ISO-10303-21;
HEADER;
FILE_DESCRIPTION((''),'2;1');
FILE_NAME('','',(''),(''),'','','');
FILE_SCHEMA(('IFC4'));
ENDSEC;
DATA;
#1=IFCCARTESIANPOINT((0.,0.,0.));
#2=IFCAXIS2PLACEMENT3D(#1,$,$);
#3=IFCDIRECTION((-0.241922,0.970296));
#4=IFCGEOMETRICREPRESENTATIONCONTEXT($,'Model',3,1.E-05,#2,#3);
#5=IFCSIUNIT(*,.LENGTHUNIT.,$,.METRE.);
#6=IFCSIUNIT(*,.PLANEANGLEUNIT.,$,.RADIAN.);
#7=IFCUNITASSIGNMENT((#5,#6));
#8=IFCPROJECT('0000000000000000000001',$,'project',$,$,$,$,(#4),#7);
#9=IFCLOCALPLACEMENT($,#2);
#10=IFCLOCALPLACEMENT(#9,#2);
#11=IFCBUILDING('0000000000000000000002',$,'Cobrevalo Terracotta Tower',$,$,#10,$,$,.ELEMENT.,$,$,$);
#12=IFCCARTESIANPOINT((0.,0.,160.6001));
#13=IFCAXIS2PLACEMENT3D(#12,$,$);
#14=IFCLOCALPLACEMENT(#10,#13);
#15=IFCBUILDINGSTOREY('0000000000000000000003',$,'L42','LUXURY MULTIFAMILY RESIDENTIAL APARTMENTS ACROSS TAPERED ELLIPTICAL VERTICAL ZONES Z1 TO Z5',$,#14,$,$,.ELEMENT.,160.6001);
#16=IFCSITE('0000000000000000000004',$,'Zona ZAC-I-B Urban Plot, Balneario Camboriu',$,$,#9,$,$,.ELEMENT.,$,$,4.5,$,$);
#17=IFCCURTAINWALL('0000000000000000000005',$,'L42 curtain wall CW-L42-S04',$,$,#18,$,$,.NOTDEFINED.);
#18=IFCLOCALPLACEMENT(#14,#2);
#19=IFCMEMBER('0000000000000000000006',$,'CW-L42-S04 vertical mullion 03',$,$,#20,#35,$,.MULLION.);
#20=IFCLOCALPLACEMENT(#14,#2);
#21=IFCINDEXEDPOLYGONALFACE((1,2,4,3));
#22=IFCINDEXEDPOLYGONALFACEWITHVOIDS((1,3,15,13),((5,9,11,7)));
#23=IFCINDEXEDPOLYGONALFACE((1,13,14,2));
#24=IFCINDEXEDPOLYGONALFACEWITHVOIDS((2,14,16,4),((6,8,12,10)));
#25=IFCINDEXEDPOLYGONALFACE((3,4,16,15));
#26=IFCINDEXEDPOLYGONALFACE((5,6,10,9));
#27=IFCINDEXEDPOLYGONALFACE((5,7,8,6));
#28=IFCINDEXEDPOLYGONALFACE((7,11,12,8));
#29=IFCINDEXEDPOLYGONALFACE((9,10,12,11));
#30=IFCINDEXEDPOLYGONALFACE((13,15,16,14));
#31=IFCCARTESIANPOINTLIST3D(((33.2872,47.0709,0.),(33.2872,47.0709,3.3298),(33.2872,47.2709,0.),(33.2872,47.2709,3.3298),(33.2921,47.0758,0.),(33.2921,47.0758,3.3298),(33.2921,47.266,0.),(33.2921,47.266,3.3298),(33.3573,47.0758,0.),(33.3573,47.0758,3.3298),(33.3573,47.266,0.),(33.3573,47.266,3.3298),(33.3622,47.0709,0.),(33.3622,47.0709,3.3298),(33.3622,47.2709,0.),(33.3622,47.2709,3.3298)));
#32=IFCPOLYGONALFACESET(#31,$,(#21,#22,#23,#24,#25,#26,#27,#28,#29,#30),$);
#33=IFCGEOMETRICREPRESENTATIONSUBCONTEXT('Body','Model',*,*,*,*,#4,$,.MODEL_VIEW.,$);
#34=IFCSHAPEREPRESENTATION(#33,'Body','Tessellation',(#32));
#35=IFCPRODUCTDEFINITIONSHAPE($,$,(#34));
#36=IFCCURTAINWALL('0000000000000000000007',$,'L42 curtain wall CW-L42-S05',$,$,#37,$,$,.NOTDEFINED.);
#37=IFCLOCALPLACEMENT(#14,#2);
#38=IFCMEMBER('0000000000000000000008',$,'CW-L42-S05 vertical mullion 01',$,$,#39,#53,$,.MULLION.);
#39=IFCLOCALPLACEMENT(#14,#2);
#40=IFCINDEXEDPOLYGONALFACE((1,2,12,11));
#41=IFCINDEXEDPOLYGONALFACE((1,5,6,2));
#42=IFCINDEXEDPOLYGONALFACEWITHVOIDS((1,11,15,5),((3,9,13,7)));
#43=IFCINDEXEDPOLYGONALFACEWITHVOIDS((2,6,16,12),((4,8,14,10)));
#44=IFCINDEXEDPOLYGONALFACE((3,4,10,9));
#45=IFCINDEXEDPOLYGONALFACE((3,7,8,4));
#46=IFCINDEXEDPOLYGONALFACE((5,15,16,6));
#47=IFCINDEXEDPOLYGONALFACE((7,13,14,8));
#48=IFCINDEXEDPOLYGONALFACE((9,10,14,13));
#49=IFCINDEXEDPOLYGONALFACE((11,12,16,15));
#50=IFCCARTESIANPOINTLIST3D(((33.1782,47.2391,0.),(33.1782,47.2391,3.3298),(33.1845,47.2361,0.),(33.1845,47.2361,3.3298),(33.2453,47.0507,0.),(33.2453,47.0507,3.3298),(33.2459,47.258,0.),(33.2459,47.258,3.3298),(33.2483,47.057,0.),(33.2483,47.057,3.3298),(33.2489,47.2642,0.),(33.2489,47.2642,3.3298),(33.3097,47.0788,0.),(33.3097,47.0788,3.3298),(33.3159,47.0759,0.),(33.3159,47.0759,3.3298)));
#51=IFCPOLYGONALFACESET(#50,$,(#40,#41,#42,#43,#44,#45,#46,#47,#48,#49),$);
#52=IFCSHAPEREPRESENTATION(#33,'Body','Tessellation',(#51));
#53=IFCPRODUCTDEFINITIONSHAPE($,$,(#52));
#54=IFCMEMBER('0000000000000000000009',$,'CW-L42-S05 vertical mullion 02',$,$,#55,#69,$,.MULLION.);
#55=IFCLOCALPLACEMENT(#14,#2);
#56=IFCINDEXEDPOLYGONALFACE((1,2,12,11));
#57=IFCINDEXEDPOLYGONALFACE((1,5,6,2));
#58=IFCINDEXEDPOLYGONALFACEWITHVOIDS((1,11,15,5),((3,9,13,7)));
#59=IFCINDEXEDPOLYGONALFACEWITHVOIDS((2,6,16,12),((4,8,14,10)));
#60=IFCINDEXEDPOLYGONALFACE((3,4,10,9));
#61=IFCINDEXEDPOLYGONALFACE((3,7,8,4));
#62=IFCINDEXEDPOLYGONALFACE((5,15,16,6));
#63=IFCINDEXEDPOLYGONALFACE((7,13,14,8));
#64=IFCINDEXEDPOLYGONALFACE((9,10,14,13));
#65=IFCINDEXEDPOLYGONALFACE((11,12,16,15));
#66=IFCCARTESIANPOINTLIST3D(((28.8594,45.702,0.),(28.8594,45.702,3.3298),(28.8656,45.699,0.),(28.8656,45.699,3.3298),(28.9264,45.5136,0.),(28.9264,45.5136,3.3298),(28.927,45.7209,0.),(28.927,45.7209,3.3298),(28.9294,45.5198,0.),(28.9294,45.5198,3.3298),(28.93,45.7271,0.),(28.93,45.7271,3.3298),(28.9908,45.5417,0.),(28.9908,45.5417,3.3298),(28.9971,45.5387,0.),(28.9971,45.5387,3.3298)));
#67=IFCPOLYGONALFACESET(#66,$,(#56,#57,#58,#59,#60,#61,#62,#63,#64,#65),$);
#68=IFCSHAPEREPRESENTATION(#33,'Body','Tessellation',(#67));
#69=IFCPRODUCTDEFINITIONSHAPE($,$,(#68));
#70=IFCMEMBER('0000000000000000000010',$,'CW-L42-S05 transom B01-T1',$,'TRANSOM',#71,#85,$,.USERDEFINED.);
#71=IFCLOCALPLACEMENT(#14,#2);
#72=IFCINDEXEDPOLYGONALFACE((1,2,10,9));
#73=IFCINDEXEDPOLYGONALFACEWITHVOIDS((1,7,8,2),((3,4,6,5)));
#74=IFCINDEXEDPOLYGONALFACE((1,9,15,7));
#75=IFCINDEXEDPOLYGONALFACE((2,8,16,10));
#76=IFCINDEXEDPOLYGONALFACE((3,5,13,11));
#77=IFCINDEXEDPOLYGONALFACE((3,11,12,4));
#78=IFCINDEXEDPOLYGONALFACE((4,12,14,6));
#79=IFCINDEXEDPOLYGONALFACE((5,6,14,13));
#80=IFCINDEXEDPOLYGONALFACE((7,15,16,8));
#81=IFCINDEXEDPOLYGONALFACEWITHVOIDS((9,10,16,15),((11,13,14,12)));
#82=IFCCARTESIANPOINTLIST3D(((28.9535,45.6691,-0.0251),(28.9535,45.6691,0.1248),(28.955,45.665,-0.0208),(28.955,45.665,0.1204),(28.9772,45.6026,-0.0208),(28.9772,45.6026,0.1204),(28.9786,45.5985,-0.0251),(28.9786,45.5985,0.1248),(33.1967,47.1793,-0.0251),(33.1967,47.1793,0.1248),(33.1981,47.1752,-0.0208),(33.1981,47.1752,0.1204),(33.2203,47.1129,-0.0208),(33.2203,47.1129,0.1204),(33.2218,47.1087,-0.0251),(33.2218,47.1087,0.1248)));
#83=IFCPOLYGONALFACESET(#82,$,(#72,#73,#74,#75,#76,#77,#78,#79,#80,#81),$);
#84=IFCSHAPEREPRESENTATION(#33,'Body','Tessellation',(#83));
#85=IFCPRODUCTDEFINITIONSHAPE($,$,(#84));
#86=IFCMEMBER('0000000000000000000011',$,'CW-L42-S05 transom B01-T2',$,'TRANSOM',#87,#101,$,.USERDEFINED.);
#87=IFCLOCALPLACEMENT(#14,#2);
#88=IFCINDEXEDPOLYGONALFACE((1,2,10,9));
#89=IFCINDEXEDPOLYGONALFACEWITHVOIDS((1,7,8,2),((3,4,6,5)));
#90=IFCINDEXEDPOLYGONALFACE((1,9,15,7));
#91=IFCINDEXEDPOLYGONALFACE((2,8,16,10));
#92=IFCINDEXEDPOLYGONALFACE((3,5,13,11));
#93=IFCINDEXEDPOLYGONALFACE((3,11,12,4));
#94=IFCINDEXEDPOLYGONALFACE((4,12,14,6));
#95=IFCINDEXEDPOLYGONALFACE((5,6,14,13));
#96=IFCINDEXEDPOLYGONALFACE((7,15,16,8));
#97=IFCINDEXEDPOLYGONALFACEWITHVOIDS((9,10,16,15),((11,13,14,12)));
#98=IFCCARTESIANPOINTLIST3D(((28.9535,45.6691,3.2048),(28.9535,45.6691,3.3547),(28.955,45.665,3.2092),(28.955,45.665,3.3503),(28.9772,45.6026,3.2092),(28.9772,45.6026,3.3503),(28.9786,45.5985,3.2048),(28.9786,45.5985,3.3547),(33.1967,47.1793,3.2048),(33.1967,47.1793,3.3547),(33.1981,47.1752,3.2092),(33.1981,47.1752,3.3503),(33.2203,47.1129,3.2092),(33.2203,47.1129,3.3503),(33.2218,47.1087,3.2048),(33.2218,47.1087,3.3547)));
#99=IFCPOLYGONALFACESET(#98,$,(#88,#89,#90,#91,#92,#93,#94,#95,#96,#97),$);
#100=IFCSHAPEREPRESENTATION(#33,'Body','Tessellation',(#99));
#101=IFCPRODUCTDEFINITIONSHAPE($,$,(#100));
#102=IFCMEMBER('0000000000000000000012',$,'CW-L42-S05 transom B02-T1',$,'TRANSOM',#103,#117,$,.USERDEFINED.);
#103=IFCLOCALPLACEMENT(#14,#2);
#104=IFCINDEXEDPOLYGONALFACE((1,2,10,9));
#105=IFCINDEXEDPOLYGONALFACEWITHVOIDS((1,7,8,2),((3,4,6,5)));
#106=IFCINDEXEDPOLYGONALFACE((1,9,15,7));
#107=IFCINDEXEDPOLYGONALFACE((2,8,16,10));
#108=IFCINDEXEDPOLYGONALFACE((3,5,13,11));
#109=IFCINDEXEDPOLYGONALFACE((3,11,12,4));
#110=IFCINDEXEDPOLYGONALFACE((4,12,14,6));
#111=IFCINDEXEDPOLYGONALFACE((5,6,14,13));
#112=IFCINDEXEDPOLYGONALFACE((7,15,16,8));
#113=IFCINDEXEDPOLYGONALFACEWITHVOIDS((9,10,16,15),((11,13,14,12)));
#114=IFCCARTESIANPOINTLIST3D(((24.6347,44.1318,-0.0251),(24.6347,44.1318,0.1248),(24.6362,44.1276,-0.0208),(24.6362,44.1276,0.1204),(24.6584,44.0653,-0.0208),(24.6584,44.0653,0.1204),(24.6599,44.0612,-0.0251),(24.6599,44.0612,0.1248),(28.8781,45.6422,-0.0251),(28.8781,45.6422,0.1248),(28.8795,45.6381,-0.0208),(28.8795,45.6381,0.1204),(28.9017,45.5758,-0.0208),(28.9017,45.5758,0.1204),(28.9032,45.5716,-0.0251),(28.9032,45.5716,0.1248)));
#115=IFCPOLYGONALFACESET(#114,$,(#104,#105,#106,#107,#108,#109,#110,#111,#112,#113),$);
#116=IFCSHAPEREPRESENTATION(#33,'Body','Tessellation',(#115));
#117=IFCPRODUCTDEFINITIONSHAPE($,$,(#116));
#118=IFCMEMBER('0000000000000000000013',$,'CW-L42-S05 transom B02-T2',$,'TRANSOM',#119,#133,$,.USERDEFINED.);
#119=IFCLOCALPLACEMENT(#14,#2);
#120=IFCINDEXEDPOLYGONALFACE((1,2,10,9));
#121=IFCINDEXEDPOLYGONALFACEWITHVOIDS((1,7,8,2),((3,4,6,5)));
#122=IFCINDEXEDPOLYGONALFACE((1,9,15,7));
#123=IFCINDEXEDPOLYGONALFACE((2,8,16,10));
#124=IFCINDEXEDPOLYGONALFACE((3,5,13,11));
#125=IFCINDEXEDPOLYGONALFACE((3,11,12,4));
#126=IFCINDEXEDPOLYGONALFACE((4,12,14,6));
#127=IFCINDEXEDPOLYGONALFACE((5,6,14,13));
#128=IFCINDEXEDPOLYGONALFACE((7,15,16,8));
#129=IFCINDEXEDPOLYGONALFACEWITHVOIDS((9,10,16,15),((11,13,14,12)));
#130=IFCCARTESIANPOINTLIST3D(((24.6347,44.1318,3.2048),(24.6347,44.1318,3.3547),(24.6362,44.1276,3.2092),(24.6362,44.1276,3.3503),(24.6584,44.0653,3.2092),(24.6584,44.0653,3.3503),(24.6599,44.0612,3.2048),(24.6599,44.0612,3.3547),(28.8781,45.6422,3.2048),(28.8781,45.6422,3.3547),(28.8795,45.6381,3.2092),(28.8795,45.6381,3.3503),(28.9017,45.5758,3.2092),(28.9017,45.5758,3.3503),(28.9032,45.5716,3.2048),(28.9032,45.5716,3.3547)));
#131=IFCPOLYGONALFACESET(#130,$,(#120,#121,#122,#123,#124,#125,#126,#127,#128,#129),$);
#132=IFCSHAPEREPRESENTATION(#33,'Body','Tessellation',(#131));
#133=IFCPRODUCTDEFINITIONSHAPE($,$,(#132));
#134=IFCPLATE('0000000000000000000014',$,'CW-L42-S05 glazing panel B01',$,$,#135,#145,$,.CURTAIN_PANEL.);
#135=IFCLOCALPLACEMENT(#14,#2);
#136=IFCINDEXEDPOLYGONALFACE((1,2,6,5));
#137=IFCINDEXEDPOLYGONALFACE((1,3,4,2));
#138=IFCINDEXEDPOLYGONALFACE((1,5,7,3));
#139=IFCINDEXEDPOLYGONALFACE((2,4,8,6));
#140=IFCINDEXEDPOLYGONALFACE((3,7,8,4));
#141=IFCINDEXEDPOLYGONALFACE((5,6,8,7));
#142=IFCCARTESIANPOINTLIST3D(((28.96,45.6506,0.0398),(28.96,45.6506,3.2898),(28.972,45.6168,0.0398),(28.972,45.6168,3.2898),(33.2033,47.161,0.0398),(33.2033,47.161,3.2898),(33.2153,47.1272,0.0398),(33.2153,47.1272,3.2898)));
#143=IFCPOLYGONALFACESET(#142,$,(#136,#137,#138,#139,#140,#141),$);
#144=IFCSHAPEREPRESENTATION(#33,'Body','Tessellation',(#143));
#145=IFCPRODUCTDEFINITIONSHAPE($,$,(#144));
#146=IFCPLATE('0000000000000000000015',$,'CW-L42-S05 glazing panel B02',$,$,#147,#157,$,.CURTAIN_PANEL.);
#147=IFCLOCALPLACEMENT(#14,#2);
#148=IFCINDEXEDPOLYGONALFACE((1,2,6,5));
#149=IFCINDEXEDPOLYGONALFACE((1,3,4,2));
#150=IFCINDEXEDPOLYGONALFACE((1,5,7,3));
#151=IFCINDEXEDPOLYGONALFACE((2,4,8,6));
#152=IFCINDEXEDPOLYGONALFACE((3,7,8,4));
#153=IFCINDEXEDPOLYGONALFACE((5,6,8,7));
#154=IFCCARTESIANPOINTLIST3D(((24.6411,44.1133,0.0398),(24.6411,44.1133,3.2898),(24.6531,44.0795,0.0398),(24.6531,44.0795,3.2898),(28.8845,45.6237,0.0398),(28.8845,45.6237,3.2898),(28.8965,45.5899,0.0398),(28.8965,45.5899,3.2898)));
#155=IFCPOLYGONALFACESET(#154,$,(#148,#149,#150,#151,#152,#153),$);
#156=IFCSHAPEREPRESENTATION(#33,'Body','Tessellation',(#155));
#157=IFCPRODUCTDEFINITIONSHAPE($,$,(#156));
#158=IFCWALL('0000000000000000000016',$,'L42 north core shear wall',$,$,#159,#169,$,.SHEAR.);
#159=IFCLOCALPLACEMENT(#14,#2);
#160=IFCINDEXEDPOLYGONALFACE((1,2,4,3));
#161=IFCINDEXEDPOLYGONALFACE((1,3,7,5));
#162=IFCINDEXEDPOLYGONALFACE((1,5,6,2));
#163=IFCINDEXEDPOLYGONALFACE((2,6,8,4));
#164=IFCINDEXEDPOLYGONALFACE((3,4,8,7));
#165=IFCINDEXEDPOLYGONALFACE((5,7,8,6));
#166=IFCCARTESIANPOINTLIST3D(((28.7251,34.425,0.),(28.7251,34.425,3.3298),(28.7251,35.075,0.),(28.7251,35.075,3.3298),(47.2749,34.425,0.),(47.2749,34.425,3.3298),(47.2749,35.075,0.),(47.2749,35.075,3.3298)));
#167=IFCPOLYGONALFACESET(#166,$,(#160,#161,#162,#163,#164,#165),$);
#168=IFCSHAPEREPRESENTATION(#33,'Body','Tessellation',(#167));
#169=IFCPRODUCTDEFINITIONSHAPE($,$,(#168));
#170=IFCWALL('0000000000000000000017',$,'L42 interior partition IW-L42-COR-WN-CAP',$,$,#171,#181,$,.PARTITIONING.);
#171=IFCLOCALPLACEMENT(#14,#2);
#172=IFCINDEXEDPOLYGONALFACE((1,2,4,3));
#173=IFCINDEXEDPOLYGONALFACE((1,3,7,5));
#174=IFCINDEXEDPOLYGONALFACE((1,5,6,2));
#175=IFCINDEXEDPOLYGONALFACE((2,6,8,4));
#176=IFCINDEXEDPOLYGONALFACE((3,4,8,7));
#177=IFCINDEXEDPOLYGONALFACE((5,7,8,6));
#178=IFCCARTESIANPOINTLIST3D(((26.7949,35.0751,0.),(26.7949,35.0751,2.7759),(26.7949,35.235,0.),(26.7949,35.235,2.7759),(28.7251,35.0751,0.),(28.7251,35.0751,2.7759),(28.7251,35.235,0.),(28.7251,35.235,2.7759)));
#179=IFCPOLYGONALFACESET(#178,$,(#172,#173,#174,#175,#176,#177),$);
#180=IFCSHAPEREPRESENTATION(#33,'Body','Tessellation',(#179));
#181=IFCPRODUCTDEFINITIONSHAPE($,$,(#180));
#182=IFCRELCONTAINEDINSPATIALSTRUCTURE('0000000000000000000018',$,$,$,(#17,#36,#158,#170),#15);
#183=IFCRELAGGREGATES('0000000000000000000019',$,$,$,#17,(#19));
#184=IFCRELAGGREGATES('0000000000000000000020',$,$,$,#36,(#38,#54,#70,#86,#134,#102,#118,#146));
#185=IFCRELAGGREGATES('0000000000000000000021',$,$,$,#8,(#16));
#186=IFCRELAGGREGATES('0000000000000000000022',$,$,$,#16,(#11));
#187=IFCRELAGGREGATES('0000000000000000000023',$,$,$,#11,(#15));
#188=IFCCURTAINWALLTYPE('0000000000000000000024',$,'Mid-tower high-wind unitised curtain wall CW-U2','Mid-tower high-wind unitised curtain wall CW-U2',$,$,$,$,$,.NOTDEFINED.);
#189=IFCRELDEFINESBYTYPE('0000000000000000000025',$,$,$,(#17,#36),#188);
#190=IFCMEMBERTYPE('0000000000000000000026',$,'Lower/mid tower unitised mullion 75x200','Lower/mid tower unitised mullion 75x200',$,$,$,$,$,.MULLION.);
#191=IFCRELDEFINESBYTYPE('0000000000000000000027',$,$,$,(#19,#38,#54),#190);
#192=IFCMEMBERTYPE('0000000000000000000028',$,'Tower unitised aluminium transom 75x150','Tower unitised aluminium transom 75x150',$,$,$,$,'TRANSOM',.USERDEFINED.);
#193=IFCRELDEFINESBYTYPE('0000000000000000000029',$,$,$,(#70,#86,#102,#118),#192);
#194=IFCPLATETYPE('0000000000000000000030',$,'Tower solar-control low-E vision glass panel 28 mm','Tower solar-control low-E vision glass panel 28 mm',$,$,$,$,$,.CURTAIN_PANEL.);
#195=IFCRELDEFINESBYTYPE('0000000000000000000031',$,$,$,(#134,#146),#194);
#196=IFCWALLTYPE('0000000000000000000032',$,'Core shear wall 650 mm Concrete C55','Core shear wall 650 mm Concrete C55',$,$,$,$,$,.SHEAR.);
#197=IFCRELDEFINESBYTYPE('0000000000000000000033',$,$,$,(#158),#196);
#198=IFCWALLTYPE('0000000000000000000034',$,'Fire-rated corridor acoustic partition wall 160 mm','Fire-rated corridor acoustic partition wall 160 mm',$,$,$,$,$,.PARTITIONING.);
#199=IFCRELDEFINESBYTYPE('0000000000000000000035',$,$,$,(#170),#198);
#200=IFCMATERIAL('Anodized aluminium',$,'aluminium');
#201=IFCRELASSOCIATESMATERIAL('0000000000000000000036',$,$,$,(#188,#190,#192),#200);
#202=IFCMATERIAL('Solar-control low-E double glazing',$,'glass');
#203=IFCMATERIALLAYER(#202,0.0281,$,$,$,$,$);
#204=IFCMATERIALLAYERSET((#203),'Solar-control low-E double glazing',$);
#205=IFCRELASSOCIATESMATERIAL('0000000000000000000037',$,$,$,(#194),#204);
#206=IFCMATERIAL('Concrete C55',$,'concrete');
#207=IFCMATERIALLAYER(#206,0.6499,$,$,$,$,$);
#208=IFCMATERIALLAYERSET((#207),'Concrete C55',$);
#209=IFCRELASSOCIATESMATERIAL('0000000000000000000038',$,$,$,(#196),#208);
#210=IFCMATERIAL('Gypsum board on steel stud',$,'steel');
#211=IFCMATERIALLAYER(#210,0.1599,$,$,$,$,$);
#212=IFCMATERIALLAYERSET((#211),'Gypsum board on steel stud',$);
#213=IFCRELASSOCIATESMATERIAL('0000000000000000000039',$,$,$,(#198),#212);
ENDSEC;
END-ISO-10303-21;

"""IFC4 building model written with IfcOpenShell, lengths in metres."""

from ifc_helpers import new_model, si_unit, direction, frame, frame_2d, origin, origin_2d, place, context, subcontext, project, spatial, rectangle, hollow_rectangle, extrude, source, transform, mapped, material, layer, layer_set, material_profile, profile_set, type_object, element, aggregate, save


model = new_model("IFC4")

# Units and contexts
model_context = context("Model", 3, precision=1e-05, world=origin(), true_north=direction((-0.241922, 0.970296)))
body_context = subcontext(model_context, "Body", "Model", "MODEL_VIEW")
ifc_project = project(units=[si_unit("LENGTHUNIT", "METRE"), si_unit("PLANEANGLEUNIT", "RADIAN")], contexts=[model_context])

# Site, building, storey
site_placement = place(None, origin())
site = spatial("IfcSite", under=ifc_project, at=site_placement, Name="Zona ZAC-I-B Urban Plot, Balneario Camboriu", CompositionType="ELEMENT", RefElevation=4.5)
building_placement = place(site_placement, origin())
building = spatial("IfcBuilding", under=site, at=building_placement, Name="Cobrevalo Terracotta Tower", CompositionType="ELEMENT")
storey_placement = place(building_placement, frame((0.0, 0.0, 160.6001)))
storey = spatial("IfcBuildingStorey", under=building, at=storey_placement, Name="L42", Description="LUXURY MULTIFAMILY RESIDENTIAL APARTMENTS ACROSS TAPERED ELLIPTICAL VERTICAL ZONES Z1 TO Z5", CompositionType="ELEMENT", Elevation=160.6001)

# Shared definitions
ifc_material_1 = material(Name="Concrete C55", Category="concrete")

# Curtain wall, member
ifc_material_2 = material(Name="Anodized aluminium", Category="aluminium")
curtain_wall_type = type_object("IfcCurtainWallType", Name="Mid-tower high-wind unitised curtain wall CW-U2", Description="Mid-tower high-wind unitised curtain wall CW-U2", PredefinedType="NOTDEFINED", material=ifc_material_2)
curtain_wall_1_placement = place(storey_placement, origin())
curtain_wall_1 = element("IfcCurtainWall", 1, at=curtain_wall_1_placement, inside=storey, type_object=curtain_wall_type, Name="L42 curtain wall CW-L42-S04", PredefinedType="NOTDEFINED")
ifc_material_profile_1 = material_profile(ifc_material_2, hollow_rectangle(XDim=0.075, YDim=0.2, WallThickness=0.0049, at=origin_2d()), Name="CWM 75x200")
ifc_profile_set_1 = profile_set([ifc_material_profile_1], Name="Anodized aluminium")
member_type_1 = type_object("IfcMemberType", Name="Lower/mid tower unitised mullion 75x200", Description="Lower/mid tower unitised mullion 75x200", PredefinedType="MULLION", material=ifc_profile_set_1)
shared_shape_1 = source(origin(), body_context, "Body", "SweptSolid", [
    extrude(hollow_rectangle(XDim=0.075, YDim=0.2, WallThickness=0.0049, at=origin_2d()), origin(), (0.0, 0.0, 1.0), 3.3298),
])
member_1_placement = place(storey_placement, frame((33.3247, 47.1709, 0.0), z_axis=(0.0, 0.0, 1.0), x_axis=(-1.0, 0.0, 0.0)))
member_1 = element("IfcMember", 2, at=member_1_placement, type_object=member_type_1, Name="CW-L42-S04 vertical mullion 03", PredefinedType="MULLION", context=body_context, shape_type="MappedRepresentation", body=[
    mapped(shared_shape_1, transform((0.0, 0.0, 0.0), scale=1.0)),
])
aggregate(curtain_wall_1, [member_1])

# Curtain wall, members, plates
curtain_wall_2_placement = place(storey_placement, origin())
curtain_wall_2 = element("IfcCurtainWall", 3, at=curtain_wall_2_placement, inside=storey, type_object=curtain_wall_type, Name="L42 curtain wall CW-L42-S05", PredefinedType="NOTDEFINED")
member_2_placement = place(storey_placement, frame((33.2471, 47.1575, 0.0), z_axis=(0.0, 0.0, 1.0), x_axis=(-0.942098, -0.335336, 0.0)))
member_2 = element("IfcMember", 4, at=member_2_placement, type_object=member_type_1, Name="CW-L42-S05 vertical mullion 01", PredefinedType="MULLION", context=body_context, shape_type="MappedRepresentation", body=[
    mapped(shared_shape_1, transform((0.0, 0.0, 0.0), scale=1.0)),
])
member_3_placement = place(storey_placement, frame((28.9282, 45.6204, 0.0), z_axis=(0.0, 0.0, 1.0), x_axis=(-0.942098, -0.335336, 0.0)))
member_3 = element("IfcMember", 5, at=member_3_placement, type_object=member_type_1, Name="CW-L42-S05 vertical mullion 02", PredefinedType="MULLION", context=body_context, shape_type="MappedRepresentation", body=[
    mapped(shared_shape_1, transform((0.0, 0.0, 0.0), scale=1.0)),
])
ifc_material_profile_2 = material_profile(ifc_material_2, hollow_rectangle(XDim=0.075, YDim=0.1499, WallThickness=0.0044, at=origin_2d()), Name="CWT 75x150")
ifc_profile_set_2 = profile_set([ifc_material_profile_2], Name="Anodized aluminium")
member_type_2 = type_object("IfcMemberType", Name="Tower unitised aluminium transom 75x150", Description="Tower unitised aluminium transom 75x150", ElementType="TRANSOM", PredefinedType="USERDEFINED", material=ifc_profile_set_2)
shared_shape_2 = source(origin(), body_context, "Body", "SweptSolid", [
    extrude(hollow_rectangle(XDim=0.075, YDim=0.1499, WallThickness=0.0044, at=origin_2d()), origin(), (0.0, 0.0, 1.0), 4.5039),
])
member_4_placement = place(storey_placement, frame((33.2092, 47.144, 0.0498), z_axis=(-0.942104, -0.33532, 0.0), x_axis=(0.33532, -0.942104, 0.0)))
member_4 = element("IfcMember", 6, at=member_4_placement, type_object=member_type_2, Name="CW-L42-S05 transom B01-T1", ObjectType="TRANSOM", PredefinedType="USERDEFINED", context=body_context, shape_type="MappedRepresentation", body=[
    mapped(shared_shape_2, transform((0.0, 0.0, 0.0), scale=1.0)),
])
member_5_placement = place(storey_placement, frame((33.2092, 47.144, 3.2798), z_axis=(-0.942104, -0.33532, 0.0), x_axis=(0.33532, -0.942104, 0.0)))
member_5 = element("IfcMember", 7, at=member_5_placement, type_object=member_type_2, Name="CW-L42-S05 transom B01-T2", ObjectType="TRANSOM", PredefinedType="USERDEFINED", context=body_context, shape_type="MappedRepresentation", body=[
    mapped(shared_shape_2, transform((0.0, 0.0, 0.0), scale=1.0)),
])
shared_shape_3 = source(origin(), body_context, "Body", "SweptSolid", [
    extrude(hollow_rectangle(XDim=0.075, YDim=0.1499, WallThickness=0.0044, at=origin_2d()), origin(), (0.0, 0.0, 1.0), 4.5042),
])
member_6_placement = place(storey_placement, frame((28.8906, 45.6069, 0.0498), z_axis=(-0.942093, -0.335351, 0.0), x_axis=(0.335351, -0.942093, 0.0)))
member_6 = element("IfcMember", 8, at=member_6_placement, type_object=member_type_2, Name="CW-L42-S05 transom B02-T1", ObjectType="TRANSOM", PredefinedType="USERDEFINED", context=body_context, shape_type="MappedRepresentation", body=[
    mapped(shared_shape_3, transform((0.0, 0.0, 0.0), scale=1.0)),
])
member_7_placement = place(storey_placement, frame((28.8906, 45.6069, 3.2798), z_axis=(-0.942093, -0.335351, 0.0), x_axis=(0.335351, -0.942093, 0.0)))
member_7 = element("IfcMember", 9, at=member_7_placement, type_object=member_type_2, Name="CW-L42-S05 transom B02-T2", ObjectType="TRANSOM", PredefinedType="USERDEFINED", context=body_context, shape_type="MappedRepresentation", body=[
    mapped(shared_shape_3, transform((0.0, 0.0, 0.0), scale=1.0)),
])
ifc_material_3 = material(Name="Solar-control low-E double glazing", Category="glass")
ifc_layer_1 = layer(ifc_material_3, 0.0281)
ifc_layer_set_1 = layer_set([ifc_layer_1], Name="Solar-control low-E double glazing")
plate_type = type_object("IfcPlateType", Name="Tower solar-control low-E vision glass panel 28 mm", Description="Tower solar-control low-E vision glass panel 28 mm", PredefinedType="CURTAIN_PANEL", material=ifc_layer_set_1)
shared_shape_4 = source(origin(), body_context, "Body", "SweptSolid", [
    extrude(rectangle(XDim=4.5042, YDim=0.0359, at=origin_2d()), origin(), (0.0, 0.0, 1.0), 3.25),
])
plate_1_placement = place(storey_placement, frame((31.0876, 46.3889, 0.0398), z_axis=(0.0, 0.0, 1.0), x_axis=(-0.942098, -0.335336, 0.0)))
plate_1 = element("IfcPlate", 10, at=plate_1_placement, type_object=plate_type, Name="CW-L42-S05 glazing panel B01", PredefinedType="CURTAIN_PANEL", context=body_context, shape_type="MappedRepresentation", body=[
    mapped(shared_shape_4, transform((0.0, 0.0, 0.0), scale=1.0)),
])
plate_2_placement = place(storey_placement, frame((26.7688, 44.8516, 0.0398), z_axis=(0.0, 0.0, 1.0), x_axis=(-0.942098, -0.335336, 0.0)))
plate_2 = element("IfcPlate", 11, at=plate_2_placement, type_object=plate_type, Name="CW-L42-S05 glazing panel B02", PredefinedType="CURTAIN_PANEL", context=body_context, shape_type="MappedRepresentation", body=[
    mapped(shared_shape_4, transform((0.0, 0.0, 0.0), scale=1.0)),
])
aggregate(curtain_wall_2, [member_2, member_3, member_4, member_5, plate_1, member_6, member_7, plate_2])

# Walls
ifc_layer_2 = layer(ifc_material_1, 0.6499)
ifc_layer_set_2 = layer_set([ifc_layer_2], Name="Concrete C55")
wall_type_1 = type_object("IfcWallType", Name="Core shear wall 650 mm Concrete C55", Description="Core shear wall 650 mm Concrete C55", PredefinedType="SHEAR", material=ifc_layer_set_2)
wall_1_placement = place(storey_placement, frame((28.7251, 34.75, 0.0), z_axis=(0.0, 0.0, 1.0), x_axis=(1.0, 0.0, 0.0)))
element("IfcWall", 12, at=wall_1_placement, inside=storey, type_object=wall_type_1, Name="L42 north core shear wall", PredefinedType="SHEAR", context=body_context, shape_type="SweptSolid", body=[
    extrude(rectangle(XDim=18.5498, YDim=0.6499, at=frame_2d((9.2749, 0.0))), origin(), (0.0, 0.0, 1.0), 3.3298),
])
ifc_material_4 = material(Name="Gypsum board on steel stud", Category="steel")
ifc_layer_3 = layer(ifc_material_4, 0.1599)
ifc_layer_set_3 = layer_set([ifc_layer_3], Name="Gypsum board on steel stud")
wall_type_2 = type_object("IfcWallType", Name="Fire-rated corridor acoustic partition wall 160 mm", Description="Fire-rated corridor acoustic partition wall 160 mm", PredefinedType="PARTITIONING", material=ifc_layer_set_3)
wall_2_placement = place(storey_placement, frame((26.7949, 35.155, 0.0), z_axis=(0.0, 0.0, 1.0), x_axis=(1.0, 0.0, 0.0)))
element("IfcWall", 13, at=wall_2_placement, inside=storey, type_object=wall_type_2, Name="L42 interior partition IW-L42-COR-WN-CAP", PredefinedType="PARTITIONING", context=body_context, shape_type="SweptSolid", body=[
    extrude(rectangle(XDim=1.9302, YDim=0.1599, at=frame_2d((0.9651, 0.0))), origin(), (0.0, 0.0, 1.0), 2.7759),
])

save(model, "model.ifc")
